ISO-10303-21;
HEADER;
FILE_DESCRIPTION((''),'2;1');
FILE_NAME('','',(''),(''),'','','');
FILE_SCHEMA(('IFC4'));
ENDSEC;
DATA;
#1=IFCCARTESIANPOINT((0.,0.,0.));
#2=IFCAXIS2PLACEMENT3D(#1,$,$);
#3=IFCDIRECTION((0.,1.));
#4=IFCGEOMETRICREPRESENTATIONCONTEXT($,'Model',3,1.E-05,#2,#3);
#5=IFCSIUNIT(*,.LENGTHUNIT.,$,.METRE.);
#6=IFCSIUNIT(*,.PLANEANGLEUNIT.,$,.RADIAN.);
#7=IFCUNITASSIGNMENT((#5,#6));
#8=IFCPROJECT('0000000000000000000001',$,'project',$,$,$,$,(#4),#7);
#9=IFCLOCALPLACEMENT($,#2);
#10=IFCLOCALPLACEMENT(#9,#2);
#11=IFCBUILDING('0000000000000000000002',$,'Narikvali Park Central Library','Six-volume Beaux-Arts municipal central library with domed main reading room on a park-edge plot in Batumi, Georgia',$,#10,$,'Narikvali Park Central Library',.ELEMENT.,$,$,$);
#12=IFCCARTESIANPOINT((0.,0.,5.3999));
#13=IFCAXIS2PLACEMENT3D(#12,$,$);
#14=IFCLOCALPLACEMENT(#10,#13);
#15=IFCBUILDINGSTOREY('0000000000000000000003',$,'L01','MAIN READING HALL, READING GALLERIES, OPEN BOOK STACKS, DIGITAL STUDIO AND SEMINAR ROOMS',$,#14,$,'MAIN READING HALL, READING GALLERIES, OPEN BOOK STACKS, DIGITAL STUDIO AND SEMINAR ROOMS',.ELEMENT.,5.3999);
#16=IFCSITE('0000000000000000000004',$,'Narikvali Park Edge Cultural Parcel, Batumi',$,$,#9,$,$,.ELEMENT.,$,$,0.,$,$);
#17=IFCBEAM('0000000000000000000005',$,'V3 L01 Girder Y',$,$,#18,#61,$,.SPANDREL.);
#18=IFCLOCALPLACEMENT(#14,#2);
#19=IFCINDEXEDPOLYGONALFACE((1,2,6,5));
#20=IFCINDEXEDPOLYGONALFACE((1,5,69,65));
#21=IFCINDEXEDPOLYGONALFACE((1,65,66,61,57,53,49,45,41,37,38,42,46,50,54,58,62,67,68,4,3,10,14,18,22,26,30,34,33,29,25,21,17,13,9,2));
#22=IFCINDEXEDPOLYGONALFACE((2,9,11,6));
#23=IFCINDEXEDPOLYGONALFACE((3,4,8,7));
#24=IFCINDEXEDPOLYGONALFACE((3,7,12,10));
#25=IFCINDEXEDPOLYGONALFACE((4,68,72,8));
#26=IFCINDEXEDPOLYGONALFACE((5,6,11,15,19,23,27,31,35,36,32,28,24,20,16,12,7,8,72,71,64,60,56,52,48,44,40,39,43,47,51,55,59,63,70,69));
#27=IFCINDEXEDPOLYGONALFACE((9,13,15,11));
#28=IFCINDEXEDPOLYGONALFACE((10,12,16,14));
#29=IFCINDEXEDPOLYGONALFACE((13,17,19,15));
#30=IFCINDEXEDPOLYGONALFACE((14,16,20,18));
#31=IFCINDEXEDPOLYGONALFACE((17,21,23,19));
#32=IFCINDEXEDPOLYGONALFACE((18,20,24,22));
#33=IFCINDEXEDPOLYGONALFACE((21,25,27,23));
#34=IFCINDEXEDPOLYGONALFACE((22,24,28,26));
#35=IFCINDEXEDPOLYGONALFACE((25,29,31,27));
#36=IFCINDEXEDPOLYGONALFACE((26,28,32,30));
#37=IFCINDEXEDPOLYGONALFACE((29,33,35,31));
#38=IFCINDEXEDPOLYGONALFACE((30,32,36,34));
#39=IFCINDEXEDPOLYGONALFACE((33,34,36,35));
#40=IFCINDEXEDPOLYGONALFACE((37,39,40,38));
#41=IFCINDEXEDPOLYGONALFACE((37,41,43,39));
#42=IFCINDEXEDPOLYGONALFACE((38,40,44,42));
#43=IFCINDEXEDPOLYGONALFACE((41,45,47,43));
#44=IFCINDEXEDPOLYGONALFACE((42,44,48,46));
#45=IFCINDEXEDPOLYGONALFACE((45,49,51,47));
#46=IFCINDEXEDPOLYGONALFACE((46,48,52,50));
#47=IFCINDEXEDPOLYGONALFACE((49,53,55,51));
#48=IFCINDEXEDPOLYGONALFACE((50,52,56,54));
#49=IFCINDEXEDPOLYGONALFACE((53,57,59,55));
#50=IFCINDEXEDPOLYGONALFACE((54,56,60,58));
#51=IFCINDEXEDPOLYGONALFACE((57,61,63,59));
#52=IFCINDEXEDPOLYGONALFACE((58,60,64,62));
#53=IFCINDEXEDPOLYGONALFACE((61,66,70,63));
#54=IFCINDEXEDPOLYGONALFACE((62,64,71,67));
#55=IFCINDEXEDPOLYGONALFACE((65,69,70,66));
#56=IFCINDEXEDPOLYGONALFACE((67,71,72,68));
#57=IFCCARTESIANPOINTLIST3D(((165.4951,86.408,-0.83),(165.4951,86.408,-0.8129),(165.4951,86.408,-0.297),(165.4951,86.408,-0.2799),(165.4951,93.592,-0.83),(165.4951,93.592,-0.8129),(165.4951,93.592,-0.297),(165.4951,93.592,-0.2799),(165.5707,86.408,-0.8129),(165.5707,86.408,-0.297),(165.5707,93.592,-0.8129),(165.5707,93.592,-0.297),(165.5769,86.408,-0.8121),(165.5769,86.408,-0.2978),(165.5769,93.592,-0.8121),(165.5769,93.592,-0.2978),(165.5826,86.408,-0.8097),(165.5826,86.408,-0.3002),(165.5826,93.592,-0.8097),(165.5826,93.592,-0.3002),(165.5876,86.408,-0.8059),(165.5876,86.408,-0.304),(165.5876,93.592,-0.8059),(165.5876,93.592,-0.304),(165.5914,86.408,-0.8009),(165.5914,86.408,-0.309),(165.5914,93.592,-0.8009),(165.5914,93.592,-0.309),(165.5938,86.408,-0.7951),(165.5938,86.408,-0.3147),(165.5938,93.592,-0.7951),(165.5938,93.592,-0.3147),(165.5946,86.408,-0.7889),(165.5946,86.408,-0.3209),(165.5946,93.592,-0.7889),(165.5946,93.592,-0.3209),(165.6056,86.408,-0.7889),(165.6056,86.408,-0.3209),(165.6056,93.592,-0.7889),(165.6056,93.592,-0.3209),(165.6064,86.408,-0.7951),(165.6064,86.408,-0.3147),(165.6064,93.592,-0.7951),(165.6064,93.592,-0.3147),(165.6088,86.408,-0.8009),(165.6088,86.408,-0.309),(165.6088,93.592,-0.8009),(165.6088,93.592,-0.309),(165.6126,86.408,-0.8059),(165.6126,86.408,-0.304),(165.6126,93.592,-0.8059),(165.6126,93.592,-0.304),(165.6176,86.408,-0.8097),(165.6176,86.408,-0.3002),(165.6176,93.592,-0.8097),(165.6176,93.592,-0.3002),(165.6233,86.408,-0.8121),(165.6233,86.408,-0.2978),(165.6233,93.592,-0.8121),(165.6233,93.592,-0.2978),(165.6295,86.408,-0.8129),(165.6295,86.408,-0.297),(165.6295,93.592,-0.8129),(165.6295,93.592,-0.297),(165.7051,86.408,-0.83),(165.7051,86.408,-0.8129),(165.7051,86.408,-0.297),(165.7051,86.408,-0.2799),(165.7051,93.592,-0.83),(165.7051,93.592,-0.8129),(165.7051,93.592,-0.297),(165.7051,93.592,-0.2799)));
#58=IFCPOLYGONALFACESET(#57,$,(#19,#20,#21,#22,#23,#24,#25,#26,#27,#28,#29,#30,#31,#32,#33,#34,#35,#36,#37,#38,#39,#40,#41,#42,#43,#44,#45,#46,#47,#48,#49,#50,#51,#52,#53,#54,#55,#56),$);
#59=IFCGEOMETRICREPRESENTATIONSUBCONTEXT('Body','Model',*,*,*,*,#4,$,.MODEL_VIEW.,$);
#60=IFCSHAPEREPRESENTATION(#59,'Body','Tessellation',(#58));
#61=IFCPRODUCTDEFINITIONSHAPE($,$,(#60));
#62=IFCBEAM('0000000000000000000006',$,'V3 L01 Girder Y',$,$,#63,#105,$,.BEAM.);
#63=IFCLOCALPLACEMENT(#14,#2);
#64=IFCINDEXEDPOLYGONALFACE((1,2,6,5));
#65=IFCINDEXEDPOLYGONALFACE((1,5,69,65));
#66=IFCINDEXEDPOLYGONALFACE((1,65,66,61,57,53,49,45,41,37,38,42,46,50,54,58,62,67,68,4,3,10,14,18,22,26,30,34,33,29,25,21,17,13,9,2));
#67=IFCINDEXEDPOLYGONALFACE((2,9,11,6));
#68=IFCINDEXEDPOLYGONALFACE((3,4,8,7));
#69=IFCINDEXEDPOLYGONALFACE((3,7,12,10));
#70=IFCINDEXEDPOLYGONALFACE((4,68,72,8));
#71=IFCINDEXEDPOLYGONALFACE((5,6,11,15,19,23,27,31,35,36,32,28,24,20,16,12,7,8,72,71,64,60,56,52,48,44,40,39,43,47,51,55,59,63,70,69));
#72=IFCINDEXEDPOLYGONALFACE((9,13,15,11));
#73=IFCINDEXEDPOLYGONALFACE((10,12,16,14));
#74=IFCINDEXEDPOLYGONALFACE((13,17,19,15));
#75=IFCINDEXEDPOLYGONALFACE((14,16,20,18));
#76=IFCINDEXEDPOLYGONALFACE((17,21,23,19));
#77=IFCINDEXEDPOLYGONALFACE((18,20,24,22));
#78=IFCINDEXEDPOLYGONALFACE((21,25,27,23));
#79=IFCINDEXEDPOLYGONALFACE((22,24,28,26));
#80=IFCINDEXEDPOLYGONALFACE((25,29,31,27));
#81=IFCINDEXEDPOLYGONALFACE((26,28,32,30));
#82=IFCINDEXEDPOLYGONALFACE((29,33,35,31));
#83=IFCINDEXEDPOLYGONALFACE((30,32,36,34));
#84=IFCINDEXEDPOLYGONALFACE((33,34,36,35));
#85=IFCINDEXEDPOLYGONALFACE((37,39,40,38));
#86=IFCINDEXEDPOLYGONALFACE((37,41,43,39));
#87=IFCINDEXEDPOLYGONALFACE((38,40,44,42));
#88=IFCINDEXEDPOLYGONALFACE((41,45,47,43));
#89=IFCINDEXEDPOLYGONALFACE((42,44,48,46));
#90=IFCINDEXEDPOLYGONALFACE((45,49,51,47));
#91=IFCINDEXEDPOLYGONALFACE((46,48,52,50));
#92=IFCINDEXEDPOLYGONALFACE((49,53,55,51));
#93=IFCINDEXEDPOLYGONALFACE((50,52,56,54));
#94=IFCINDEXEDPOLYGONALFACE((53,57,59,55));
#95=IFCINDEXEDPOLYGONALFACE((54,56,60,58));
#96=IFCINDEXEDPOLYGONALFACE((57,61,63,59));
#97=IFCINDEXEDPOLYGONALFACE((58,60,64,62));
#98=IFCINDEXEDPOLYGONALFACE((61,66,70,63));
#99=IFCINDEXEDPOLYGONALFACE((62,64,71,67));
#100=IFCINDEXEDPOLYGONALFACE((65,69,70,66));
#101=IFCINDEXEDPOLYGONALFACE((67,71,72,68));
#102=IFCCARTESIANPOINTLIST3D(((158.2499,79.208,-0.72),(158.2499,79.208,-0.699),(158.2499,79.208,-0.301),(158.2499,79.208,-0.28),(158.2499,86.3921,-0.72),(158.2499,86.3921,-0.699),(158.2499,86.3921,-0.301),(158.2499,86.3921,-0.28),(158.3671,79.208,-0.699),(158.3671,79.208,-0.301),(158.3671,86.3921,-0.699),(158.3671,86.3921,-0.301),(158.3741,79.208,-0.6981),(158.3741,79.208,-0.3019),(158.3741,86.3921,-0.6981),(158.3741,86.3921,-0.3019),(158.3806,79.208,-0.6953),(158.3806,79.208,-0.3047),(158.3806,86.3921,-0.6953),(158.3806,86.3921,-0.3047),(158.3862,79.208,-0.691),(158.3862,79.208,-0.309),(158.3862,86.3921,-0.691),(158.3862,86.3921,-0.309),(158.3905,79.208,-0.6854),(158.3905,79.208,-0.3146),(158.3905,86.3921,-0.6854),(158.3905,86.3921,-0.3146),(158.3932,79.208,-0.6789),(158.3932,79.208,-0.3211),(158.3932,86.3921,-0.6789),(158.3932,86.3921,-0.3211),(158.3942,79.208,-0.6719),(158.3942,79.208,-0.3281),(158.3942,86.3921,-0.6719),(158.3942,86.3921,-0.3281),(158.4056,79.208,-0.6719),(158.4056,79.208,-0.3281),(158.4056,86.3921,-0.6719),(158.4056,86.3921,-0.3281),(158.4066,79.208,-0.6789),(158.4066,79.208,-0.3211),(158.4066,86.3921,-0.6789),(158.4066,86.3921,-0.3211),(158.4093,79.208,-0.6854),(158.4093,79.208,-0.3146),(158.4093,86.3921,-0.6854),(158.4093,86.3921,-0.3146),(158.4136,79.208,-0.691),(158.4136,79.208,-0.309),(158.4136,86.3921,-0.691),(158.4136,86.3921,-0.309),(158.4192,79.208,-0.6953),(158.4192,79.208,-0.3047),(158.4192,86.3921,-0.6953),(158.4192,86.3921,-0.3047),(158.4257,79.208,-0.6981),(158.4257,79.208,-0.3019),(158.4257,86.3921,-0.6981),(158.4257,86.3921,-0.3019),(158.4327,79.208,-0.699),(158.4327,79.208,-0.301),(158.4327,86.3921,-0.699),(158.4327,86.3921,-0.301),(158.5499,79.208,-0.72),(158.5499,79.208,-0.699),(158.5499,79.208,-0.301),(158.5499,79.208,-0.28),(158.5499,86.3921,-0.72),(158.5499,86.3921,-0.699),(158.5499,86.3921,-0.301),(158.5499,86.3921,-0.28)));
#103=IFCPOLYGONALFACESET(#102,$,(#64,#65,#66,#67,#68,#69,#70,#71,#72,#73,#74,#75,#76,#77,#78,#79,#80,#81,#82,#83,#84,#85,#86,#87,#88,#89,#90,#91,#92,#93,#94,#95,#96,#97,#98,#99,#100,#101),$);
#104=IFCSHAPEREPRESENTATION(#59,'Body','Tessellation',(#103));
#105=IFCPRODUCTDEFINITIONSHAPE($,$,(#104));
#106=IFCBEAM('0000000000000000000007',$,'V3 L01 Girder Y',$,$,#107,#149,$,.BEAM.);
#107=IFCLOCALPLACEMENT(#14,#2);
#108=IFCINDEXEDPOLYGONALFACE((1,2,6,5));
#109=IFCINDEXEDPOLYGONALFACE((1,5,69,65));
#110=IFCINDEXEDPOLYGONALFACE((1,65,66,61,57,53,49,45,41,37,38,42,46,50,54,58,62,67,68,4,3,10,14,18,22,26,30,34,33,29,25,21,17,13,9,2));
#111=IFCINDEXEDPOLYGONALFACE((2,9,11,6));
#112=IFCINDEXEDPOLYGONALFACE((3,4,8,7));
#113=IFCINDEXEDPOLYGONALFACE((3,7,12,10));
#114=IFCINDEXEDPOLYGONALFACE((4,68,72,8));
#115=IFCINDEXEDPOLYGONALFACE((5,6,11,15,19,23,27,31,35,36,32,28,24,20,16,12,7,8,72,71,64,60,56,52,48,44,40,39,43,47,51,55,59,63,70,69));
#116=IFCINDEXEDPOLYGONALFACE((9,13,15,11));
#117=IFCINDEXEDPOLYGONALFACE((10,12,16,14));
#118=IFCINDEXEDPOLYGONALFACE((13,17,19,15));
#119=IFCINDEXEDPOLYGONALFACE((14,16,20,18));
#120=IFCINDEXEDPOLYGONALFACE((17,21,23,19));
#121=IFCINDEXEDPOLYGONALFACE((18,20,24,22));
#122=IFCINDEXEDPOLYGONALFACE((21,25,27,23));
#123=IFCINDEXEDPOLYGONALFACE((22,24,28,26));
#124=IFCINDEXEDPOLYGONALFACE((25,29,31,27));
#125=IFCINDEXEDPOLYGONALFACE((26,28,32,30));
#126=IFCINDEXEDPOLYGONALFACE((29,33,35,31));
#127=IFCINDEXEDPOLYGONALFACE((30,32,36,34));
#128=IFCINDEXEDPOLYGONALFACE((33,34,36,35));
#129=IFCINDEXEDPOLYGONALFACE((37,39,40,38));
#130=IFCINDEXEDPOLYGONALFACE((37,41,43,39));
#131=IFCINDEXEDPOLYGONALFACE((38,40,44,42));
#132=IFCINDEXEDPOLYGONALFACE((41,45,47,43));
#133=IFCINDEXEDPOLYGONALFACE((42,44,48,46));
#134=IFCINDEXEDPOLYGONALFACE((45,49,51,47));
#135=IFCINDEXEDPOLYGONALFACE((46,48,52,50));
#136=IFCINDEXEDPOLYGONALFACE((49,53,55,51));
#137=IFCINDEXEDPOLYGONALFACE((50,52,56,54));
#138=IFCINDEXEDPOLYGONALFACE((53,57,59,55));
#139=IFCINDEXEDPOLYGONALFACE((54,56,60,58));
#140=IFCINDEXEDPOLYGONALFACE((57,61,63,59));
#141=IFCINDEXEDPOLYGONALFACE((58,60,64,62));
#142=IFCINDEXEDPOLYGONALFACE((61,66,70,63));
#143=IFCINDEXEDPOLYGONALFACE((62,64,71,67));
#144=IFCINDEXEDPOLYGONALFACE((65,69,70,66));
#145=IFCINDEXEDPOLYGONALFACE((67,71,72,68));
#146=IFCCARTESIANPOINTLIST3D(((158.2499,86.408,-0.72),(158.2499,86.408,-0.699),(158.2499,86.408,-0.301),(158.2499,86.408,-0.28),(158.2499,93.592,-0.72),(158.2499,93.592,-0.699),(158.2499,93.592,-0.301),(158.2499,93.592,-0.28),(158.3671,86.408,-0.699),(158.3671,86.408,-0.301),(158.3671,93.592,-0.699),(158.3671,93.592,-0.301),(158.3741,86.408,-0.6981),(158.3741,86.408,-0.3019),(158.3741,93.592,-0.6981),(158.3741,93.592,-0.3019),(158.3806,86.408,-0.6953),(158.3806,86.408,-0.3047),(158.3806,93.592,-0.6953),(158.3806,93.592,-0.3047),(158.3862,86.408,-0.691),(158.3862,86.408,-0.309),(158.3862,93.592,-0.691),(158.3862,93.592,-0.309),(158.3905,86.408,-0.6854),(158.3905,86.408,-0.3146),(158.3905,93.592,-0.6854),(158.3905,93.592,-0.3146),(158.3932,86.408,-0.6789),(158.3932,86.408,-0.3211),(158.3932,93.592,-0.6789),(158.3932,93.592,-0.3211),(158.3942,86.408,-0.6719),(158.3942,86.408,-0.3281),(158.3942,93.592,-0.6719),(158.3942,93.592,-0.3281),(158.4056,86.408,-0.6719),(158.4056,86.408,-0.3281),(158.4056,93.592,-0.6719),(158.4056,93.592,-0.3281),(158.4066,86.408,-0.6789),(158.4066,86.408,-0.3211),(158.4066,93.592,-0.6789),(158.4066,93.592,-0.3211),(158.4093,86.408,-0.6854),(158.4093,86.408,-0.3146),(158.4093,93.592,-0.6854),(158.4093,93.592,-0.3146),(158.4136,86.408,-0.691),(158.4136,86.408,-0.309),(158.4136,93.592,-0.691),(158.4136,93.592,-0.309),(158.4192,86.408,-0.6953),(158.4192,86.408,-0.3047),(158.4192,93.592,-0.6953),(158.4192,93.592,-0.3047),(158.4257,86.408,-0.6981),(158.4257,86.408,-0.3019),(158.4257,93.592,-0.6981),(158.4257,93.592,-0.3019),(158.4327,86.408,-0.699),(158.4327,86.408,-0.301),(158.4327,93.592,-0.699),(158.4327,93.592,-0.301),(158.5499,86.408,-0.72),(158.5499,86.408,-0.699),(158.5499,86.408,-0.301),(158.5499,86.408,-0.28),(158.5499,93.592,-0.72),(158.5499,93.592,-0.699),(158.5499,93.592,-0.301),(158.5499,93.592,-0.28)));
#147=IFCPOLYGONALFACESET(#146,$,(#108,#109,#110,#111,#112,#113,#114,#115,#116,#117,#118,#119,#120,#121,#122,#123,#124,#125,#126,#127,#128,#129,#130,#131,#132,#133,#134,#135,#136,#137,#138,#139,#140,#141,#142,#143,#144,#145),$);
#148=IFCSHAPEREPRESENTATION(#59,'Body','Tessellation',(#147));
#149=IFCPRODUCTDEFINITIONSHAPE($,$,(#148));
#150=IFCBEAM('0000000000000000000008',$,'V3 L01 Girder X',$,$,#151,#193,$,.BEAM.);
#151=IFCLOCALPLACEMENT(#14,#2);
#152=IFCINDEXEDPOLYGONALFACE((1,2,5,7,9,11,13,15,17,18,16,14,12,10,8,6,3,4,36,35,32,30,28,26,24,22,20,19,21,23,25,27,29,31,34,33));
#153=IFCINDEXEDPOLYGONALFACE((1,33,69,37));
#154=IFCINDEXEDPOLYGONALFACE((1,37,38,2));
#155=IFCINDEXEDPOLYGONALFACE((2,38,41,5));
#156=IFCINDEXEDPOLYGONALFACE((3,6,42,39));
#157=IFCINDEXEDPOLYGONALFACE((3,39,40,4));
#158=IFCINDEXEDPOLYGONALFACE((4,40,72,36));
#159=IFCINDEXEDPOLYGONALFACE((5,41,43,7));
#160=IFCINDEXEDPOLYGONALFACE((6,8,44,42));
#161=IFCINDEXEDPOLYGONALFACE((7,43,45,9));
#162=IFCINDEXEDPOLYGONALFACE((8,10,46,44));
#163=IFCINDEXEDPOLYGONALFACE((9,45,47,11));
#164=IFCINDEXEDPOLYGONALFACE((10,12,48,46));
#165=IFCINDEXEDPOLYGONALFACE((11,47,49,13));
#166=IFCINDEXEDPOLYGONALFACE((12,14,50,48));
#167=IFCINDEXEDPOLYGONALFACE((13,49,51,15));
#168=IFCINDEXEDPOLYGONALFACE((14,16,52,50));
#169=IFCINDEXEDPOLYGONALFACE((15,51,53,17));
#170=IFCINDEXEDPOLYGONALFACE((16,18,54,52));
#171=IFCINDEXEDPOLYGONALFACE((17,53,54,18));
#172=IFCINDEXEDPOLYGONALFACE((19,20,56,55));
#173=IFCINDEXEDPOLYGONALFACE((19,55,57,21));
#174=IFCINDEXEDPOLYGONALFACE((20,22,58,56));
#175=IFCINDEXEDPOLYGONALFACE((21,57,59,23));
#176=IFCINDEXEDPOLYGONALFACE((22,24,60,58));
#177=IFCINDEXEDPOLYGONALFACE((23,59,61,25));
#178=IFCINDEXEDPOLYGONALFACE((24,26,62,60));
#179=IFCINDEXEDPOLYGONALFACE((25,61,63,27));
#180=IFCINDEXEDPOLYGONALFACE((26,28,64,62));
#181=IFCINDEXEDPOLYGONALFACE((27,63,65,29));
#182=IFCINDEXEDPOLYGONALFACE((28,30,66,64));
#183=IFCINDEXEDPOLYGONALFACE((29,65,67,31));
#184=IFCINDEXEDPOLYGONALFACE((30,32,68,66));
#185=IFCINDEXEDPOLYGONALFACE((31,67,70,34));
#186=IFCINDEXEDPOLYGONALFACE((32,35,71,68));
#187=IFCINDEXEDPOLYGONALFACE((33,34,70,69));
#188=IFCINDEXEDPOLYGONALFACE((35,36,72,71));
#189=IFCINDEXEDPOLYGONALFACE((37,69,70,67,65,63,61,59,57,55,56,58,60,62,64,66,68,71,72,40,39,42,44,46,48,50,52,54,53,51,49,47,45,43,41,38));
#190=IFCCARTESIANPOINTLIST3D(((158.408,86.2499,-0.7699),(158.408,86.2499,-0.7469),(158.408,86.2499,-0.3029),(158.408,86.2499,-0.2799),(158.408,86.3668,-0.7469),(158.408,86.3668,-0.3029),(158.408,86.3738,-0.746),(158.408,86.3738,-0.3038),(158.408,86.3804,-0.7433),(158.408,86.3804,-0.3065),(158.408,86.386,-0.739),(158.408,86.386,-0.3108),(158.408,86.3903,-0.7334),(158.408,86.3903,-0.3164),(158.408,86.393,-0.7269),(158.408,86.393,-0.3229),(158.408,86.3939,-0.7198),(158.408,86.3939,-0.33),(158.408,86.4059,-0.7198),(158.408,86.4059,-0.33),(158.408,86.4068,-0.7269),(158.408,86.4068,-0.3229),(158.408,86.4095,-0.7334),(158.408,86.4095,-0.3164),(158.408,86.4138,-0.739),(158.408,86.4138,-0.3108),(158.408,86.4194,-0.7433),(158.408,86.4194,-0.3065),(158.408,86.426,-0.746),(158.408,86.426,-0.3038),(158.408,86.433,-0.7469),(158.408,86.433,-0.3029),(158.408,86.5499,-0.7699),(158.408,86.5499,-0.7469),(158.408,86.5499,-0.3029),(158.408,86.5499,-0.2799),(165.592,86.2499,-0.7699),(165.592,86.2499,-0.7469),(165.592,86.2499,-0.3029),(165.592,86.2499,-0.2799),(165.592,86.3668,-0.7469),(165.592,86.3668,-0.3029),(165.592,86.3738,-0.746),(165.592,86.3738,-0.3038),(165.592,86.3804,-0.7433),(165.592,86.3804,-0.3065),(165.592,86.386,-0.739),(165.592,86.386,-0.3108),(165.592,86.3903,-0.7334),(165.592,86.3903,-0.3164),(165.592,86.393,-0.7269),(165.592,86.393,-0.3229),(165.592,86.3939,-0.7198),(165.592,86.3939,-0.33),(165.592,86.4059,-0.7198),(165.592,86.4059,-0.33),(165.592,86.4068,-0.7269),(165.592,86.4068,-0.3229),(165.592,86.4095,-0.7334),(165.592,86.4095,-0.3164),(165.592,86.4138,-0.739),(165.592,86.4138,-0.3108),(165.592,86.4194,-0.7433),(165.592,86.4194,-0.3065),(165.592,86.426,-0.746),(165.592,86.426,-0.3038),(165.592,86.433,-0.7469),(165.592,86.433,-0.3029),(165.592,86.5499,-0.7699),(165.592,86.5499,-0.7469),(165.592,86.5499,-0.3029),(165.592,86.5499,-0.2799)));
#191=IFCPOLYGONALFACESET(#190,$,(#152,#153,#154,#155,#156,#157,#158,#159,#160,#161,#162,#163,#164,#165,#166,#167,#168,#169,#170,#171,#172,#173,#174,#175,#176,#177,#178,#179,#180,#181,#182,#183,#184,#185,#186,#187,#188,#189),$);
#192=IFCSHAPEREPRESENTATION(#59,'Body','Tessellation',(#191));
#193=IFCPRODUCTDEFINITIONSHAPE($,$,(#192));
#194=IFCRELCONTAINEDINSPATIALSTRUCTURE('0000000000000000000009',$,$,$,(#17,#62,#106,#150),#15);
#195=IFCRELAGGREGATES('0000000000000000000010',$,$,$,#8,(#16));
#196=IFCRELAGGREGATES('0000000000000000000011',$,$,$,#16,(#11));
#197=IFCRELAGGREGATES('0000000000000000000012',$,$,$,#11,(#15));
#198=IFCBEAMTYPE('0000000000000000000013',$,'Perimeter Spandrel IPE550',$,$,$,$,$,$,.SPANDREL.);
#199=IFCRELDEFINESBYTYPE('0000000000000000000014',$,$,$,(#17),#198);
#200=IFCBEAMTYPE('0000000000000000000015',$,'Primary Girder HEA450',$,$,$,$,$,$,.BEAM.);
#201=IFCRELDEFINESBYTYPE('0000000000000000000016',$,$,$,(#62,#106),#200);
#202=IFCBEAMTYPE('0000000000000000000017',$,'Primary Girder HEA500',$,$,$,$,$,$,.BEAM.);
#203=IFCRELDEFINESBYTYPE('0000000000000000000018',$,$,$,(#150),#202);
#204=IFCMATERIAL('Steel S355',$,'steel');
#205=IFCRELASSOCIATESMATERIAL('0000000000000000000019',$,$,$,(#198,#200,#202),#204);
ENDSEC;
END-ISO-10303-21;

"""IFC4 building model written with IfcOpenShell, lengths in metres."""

from ifc_helpers import new_model, si_unit, direction, frame, origin, origin_2d, place, context, subcontext, project, spatial, i_section, extrude, material, material_profile, profile_set, type_object, element, save


model = new_model("IFC4")

# Units and contexts
model_context = context("Model", 3, precision=1e-05, world=origin(), true_north=direction((0.0, 1.0)))
body_context = subcontext(model_context, "Body", "Model", "MODEL_VIEW")
ifc_project = project(units=[si_unit("LENGTHUNIT", "METRE"), si_unit("PLANEANGLEUNIT", "RADIAN")], contexts=[model_context])

# Site, building, storey
site_placement = place(None, origin())
site = spatial("IfcSite", under=ifc_project, at=site_placement, Name="Narikvali Park Edge Cultural Parcel, Batumi", CompositionType="ELEMENT", RefElevation=0.0)
building_placement = place(site_placement, origin())
building = spatial("IfcBuilding", under=site, at=building_placement, Name="Narikvali Park Central Library", Description="Six-volume Beaux-Arts municipal central library with domed main reading room on a park-edge plot in Batumi, Georgia", LongName="Narikvali Park Central Library", CompositionType="ELEMENT")
storey_placement = place(building_placement, frame((0.0, 0.0, 5.3999)))
storey = spatial("IfcBuildingStorey", under=building, at=storey_placement, Name="L01", Description="MAIN READING HALL, READING GALLERIES, OPEN BOOK STACKS, DIGITAL STUDIO AND SEMINAR ROOMS", LongName="MAIN READING HALL, READING GALLERIES, OPEN BOOK STACKS, DIGITAL STUDIO AND SEMINAR ROOMS", CompositionType="ELEMENT", Elevation=5.3999)

# Shared definitions
ifc_material_1 = material(Name="Steel S355", Category="steel")

# Beams
ifc_material_profile_1 = material_profile(ifc_material_1, i_section(OverallWidth=0.21, OverallDepth=0.55, WebThickness=0.011, FlangeThickness=0.0171, FilletRadius=0.0239, at=origin_2d()), Name="IPE 550")
ifc_profile_set_1 = profile_set([ifc_material_profile_1], Name="Steel S355")
beam_type_1 = type_object("IfcBeamType", Name="Perimeter Spandrel IPE550", PredefinedType="SPANDREL", material=ifc_profile_set_1)
for number, where, z_axis, x_axis, name in (
    (1, (165.6001, 86.408, -0.5549), (0.0, 1.0, 0.0), (-1.0, 0.0, 0.0), "V3 L01 Girder Y"),
):
    element("IfcBeam", number, at=place(storey_placement, frame(where, z_axis=z_axis, x_axis=x_axis)), inside=storey, type_object=beam_type_1, Name=name, PredefinedType="SPANDREL", context=body_context, shape_type="SweptSolid", body=[
        extrude(i_section(OverallWidth=0.21, OverallDepth=0.55, WebThickness=0.011, FlangeThickness=0.0171, FilletRadius=0.0239, at=origin_2d()), origin(), (0.0, 0.0, 1.0), 7.1841),
    ])
ifc_material_profile_2 = material_profile(ifc_material_1, i_section(OverallWidth=0.3, OverallDepth=0.4399, WebThickness=0.0115, FlangeThickness=0.021, FilletRadius=0.0271, at=origin_2d()), Name="HEA 450")
ifc_profile_set_2 = profile_set([ifc_material_profile_2], Name="Steel S355")
beam_type_2 = type_object("IfcBeamType", Name="Primary Girder HEA450", PredefinedType="BEAM", material=ifc_profile_set_2)
for number, where, z_axis, x_axis, name in (
    (2, (158.3999, 79.208, -0.5), (0.0, 1.0, 0.0), (-1.0, 0.0, 0.0), "V3 L01 Girder Y"),
    (3, (158.3999, 86.408, -0.5), (0.0, 1.0, 0.0), (-1.0, 0.0, 0.0), "V3 L01 Girder Y"),
):
    element("IfcBeam", number, at=place(storey_placement, frame(where, z_axis=z_axis, x_axis=x_axis)), inside=storey, type_object=beam_type_2, Name=name, PredefinedType="BEAM", context=body_context, shape_type="SweptSolid", body=[
        extrude(i_section(OverallWidth=0.3, OverallDepth=0.4399, WebThickness=0.0115, FlangeThickness=0.021, FilletRadius=0.0271, at=origin_2d()), origin(), (0.0, 0.0, 1.0), 7.1841),
    ])
ifc_material_profile_3 = material_profile(ifc_material_1, i_section(OverallWidth=0.3, OverallDepth=0.49, WebThickness=0.012, FlangeThickness=0.0229, FilletRadius=0.0271, at=origin_2d()), Name="HEA 500")
ifc_profile_set_3 = profile_set([ifc_material_profile_3], Name="Steel S355")
beam_type_3 = type_object("IfcBeamType", Name="Primary Girder HEA500", PredefinedType="BEAM", material=ifc_profile_set_3)
beam_1_placement = place(storey_placement, frame((158.408, 86.3999, -0.5249), z_axis=(1.0, 0.0, 0.0), x_axis=(0.0, 1.0, 0.0)))
element("IfcBeam", 4, at=beam_1_placement, inside=storey, type_object=beam_type_3, Name="V3 L01 Girder X", PredefinedType="BEAM", context=body_context, shape_type="SweptSolid", body=[
    extrude(i_section(OverallWidth=0.3, OverallDepth=0.49, WebThickness=0.012, FlangeThickness=0.0229, FilletRadius=0.0271, at=origin_2d()), origin(), (0.0, 0.0, 1.0), 7.1841),
])

save(model, "model.ifc")
